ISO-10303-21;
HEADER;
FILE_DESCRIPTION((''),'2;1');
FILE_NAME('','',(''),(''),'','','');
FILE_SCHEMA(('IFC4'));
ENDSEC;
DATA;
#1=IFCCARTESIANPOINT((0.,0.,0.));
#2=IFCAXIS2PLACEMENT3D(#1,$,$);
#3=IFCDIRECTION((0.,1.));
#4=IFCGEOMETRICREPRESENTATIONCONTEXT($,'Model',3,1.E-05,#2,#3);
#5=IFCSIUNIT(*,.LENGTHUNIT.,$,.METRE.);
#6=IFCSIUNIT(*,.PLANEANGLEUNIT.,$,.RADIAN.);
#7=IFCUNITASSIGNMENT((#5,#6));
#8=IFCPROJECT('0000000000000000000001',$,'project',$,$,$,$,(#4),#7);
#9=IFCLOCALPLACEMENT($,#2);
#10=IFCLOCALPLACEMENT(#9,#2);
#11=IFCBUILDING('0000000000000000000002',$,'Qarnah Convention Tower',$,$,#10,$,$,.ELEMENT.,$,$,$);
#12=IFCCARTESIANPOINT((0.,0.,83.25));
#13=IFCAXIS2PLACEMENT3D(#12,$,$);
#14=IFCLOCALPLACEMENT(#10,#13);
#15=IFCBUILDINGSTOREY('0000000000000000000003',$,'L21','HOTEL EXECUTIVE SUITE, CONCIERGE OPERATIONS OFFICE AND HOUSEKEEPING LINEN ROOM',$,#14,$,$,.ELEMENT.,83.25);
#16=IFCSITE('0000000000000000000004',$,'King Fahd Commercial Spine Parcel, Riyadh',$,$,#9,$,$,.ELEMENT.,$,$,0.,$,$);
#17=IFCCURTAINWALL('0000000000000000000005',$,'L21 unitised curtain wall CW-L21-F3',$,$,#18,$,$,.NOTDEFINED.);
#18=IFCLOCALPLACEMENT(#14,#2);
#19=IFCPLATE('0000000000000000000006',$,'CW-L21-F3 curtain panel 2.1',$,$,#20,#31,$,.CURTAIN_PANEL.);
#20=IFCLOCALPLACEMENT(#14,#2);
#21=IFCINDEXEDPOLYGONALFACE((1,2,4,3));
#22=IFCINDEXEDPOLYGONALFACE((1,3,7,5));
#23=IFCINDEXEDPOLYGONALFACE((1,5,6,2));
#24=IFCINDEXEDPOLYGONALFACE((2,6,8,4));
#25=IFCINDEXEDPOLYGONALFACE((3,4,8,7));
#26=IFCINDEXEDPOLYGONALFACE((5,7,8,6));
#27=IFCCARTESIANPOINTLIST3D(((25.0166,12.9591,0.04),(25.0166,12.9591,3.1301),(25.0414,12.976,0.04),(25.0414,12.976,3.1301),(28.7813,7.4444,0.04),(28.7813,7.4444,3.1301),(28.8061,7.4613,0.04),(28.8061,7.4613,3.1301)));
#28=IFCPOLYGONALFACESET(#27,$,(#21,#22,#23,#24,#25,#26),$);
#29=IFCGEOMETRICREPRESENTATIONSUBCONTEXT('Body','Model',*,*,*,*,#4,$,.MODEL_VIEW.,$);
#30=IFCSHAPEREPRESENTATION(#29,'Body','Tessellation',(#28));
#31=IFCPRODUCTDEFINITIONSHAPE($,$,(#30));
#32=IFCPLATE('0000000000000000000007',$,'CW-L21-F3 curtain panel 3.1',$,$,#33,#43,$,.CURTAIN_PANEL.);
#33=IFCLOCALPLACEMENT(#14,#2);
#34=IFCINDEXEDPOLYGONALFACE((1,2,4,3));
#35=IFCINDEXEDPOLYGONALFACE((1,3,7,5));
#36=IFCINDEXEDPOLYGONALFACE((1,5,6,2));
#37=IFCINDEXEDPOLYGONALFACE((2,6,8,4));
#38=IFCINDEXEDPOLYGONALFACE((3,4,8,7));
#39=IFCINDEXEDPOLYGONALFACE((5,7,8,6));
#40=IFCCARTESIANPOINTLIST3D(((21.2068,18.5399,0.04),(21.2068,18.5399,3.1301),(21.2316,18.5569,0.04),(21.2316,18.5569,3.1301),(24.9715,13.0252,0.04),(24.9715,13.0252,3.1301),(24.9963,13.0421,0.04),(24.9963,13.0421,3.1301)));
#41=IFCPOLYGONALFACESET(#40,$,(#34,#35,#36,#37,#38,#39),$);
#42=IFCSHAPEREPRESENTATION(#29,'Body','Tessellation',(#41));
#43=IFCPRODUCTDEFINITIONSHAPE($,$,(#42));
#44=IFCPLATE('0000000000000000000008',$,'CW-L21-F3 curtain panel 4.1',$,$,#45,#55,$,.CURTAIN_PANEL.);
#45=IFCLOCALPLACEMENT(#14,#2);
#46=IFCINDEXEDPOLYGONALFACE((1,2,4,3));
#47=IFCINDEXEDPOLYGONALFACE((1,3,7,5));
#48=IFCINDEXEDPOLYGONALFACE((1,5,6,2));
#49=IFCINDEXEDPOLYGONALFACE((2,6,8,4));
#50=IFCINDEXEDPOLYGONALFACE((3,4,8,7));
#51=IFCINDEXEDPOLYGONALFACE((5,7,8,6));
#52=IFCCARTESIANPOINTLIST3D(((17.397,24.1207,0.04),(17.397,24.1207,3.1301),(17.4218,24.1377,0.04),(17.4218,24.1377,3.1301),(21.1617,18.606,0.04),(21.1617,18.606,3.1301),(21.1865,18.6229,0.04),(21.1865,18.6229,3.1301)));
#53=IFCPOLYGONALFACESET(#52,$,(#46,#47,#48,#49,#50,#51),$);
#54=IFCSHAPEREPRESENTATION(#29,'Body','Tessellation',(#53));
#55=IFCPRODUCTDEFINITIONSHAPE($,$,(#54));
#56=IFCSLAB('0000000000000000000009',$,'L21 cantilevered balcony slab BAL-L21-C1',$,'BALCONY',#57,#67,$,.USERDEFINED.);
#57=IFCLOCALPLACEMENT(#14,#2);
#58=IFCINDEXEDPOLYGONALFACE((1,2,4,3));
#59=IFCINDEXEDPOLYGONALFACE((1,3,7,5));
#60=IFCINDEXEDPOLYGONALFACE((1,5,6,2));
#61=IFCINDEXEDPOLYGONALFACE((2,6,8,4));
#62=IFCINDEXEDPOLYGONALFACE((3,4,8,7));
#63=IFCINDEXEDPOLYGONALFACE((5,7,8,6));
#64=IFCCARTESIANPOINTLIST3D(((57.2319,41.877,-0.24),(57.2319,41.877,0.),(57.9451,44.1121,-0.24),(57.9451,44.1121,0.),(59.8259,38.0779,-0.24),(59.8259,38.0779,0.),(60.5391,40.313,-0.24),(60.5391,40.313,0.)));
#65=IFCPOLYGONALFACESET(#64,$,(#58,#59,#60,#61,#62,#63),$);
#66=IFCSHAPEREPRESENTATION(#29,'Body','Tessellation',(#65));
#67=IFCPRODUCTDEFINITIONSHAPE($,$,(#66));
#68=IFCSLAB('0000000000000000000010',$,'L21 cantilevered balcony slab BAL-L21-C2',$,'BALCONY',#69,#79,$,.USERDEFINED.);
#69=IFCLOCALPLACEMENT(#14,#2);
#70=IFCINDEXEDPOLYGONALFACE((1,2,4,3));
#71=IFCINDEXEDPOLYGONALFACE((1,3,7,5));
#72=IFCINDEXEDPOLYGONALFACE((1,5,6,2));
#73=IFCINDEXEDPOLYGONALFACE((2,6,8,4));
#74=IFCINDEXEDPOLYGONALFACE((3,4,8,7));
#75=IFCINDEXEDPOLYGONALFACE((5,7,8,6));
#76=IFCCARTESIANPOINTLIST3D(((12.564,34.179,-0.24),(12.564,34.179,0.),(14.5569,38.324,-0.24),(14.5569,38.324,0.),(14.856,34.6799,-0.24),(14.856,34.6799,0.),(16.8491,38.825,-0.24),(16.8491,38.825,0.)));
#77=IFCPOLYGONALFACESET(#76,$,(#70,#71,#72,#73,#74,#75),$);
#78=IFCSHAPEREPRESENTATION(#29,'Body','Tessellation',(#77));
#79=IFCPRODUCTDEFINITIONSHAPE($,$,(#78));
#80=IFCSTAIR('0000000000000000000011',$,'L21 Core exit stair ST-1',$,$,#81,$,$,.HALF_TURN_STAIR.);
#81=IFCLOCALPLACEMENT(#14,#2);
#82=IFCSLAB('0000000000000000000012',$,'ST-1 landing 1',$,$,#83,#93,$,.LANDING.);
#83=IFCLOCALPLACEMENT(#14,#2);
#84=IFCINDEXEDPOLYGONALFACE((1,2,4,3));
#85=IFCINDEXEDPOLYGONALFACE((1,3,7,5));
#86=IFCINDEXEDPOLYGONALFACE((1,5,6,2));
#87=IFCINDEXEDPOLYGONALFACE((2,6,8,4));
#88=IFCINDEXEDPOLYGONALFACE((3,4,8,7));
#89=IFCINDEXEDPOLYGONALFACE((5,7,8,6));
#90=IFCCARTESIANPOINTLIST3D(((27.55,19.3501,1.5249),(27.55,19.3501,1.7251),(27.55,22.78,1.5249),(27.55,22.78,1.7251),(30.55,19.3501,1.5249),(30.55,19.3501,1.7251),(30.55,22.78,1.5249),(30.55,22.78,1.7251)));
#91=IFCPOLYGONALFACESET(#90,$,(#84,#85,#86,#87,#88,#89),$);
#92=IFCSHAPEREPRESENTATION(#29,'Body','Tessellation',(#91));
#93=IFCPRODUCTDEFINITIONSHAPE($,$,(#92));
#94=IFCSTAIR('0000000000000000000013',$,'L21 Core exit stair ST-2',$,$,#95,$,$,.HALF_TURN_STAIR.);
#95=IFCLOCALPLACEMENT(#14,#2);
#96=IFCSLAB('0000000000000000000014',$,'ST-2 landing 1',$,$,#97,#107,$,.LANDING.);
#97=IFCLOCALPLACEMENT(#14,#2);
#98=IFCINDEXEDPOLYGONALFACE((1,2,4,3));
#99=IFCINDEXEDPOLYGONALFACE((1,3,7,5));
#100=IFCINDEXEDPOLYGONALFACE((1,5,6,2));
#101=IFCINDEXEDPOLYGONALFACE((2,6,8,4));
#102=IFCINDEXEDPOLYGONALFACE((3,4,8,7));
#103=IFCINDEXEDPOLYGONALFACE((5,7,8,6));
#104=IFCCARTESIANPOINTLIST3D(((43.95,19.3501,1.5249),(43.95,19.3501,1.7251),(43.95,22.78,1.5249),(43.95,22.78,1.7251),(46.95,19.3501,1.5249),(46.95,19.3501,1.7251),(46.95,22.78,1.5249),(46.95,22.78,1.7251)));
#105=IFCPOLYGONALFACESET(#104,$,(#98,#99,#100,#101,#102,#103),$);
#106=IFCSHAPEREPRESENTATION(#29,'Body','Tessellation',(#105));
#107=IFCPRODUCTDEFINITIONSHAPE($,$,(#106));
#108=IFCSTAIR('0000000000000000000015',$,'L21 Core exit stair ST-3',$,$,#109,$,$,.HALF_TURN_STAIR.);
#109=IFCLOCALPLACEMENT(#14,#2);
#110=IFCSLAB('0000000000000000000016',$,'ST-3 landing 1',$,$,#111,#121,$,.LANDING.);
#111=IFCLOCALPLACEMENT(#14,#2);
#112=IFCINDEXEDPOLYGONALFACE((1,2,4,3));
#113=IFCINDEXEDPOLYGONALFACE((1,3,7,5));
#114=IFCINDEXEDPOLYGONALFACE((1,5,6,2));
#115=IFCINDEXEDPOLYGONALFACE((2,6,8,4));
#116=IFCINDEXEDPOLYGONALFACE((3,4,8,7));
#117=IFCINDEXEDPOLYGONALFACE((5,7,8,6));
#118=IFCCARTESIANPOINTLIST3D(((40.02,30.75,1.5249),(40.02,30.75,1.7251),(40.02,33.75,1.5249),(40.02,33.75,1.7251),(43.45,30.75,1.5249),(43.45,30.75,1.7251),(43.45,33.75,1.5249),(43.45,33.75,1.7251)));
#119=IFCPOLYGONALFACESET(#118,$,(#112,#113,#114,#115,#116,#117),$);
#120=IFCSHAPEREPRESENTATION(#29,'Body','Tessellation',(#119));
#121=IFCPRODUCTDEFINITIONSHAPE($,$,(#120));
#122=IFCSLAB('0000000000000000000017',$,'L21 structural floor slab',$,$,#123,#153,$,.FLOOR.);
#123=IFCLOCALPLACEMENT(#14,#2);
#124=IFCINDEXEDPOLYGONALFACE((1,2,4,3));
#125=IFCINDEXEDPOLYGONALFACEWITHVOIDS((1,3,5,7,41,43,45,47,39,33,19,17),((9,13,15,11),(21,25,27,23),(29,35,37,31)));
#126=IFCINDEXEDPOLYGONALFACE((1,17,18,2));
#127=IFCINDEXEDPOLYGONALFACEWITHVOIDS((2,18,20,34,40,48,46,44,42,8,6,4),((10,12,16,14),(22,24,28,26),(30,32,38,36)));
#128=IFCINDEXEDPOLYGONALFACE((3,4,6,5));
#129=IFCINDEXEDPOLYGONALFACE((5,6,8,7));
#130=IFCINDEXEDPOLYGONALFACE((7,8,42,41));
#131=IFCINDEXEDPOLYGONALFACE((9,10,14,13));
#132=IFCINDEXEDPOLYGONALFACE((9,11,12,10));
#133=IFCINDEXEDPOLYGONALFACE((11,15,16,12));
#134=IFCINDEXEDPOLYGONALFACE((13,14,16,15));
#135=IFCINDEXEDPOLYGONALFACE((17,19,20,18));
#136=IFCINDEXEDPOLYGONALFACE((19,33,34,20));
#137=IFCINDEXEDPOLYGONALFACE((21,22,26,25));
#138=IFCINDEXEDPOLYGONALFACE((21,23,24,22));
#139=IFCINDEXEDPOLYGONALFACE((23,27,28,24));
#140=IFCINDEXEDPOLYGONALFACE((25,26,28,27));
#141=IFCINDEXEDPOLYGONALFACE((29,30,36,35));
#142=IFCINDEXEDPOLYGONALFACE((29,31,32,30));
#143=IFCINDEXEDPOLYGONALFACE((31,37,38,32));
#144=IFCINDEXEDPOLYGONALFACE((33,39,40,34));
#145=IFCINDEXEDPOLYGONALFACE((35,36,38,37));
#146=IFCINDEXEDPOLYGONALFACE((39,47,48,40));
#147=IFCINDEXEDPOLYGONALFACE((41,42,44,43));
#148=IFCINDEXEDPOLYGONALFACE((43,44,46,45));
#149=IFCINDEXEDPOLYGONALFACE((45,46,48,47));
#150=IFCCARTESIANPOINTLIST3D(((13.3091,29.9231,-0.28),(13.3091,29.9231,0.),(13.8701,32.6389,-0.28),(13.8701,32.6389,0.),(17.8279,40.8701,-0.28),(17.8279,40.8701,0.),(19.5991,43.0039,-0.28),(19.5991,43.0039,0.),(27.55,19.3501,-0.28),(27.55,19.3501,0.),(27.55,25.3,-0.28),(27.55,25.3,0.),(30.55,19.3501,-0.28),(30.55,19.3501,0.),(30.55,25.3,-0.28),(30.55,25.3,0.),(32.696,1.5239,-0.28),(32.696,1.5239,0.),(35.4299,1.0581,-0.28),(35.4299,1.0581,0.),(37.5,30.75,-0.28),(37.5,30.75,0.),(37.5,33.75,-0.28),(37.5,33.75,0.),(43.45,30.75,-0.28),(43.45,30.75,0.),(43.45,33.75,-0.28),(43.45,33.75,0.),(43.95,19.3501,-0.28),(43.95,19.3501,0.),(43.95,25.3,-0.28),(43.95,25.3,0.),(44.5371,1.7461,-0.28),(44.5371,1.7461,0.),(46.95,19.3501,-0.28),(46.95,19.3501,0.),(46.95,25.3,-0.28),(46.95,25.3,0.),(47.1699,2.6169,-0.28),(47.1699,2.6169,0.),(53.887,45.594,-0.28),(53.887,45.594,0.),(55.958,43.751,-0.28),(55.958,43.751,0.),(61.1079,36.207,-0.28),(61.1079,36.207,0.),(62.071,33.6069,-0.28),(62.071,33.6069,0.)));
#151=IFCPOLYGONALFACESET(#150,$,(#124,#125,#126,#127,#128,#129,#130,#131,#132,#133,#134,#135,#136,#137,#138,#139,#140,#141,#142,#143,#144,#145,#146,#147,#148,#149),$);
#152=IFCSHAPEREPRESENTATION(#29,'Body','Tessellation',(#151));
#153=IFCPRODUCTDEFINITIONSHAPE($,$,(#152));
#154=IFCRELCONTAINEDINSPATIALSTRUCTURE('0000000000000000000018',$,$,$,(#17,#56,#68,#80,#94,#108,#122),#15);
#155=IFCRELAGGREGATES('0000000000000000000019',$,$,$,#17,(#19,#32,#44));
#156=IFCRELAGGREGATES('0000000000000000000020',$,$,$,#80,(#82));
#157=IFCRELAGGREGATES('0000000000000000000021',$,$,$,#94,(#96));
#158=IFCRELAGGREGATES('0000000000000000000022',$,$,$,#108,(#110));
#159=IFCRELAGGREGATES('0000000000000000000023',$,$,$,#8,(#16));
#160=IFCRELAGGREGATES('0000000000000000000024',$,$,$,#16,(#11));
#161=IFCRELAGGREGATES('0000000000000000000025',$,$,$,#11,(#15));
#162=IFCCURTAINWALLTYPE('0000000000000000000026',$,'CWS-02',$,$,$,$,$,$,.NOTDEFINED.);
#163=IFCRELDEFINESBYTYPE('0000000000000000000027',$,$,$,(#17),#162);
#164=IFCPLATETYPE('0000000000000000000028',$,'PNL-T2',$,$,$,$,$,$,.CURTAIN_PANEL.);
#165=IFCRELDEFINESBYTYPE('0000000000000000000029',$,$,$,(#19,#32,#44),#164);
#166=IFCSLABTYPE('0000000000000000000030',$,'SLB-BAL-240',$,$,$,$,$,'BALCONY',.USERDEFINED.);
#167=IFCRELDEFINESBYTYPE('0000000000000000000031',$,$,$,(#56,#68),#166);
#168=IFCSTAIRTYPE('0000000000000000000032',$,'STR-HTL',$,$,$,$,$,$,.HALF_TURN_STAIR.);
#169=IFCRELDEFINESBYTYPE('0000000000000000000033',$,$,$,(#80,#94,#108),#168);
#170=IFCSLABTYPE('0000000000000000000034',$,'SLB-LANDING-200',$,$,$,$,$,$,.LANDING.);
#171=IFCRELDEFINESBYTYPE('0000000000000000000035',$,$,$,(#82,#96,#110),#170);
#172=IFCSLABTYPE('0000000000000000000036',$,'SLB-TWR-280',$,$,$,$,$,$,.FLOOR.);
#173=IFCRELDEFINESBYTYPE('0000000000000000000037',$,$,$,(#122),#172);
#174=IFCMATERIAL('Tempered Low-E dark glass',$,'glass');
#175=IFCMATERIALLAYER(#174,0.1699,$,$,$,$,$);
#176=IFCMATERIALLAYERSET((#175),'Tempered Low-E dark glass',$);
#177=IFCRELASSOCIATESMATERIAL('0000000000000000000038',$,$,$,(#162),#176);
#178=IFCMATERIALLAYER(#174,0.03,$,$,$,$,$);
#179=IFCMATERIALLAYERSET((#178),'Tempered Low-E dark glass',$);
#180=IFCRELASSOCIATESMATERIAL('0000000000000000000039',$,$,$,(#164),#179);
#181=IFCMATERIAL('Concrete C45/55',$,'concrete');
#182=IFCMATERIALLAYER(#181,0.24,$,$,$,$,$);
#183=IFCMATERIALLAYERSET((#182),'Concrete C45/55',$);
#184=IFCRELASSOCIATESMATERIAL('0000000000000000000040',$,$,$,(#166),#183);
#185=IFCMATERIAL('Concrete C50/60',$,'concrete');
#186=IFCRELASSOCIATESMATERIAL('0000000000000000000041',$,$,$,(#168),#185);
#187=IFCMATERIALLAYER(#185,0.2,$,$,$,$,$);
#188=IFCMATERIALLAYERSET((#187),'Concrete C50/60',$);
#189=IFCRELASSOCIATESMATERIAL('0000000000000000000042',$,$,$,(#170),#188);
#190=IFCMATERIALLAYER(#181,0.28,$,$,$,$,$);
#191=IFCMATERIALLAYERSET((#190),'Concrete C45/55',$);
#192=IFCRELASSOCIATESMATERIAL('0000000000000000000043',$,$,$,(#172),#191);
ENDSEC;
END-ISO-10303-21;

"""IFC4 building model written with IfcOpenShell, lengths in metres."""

from ifc_helpers import new_model, si_unit, direction, frame, origin, origin_2d, place, context, subcontext, project, spatial, polyline, rectangle, outline, extrude, material, layer, layer_set, type_object, element, aggregate, save


model = new_model("IFC4")

# Units and contexts
model_context = context("Model", 3, precision=1e-05, world=origin(), true_north=direction((0.0, 1.0)))
body_context = subcontext(model_context, "Body", "Model", "MODEL_VIEW")
ifc_project = project(units=[si_unit("LENGTHUNIT", "METRE"), si_unit("PLANEANGLEUNIT", "RADIAN")], contexts=[model_context])

# Site, building, storey
site_placement = place(None, origin())
site = spatial("IfcSite", under=ifc_project, at=site_placement, Name="King Fahd Commercial Spine Parcel, Riyadh", CompositionType="ELEMENT", RefElevation=0.0)
building_placement = place(site_placement, origin())
building = spatial("IfcBuilding", under=site, at=building_placement, Name="Qarnah Convention Tower", CompositionType="ELEMENT")
storey_placement = place(building_placement, frame((0.0, 0.0, 83.25)))
storey = spatial("IfcBuildingStorey", under=building, at=storey_placement, Name="L21", Description="HOTEL EXECUTIVE SUITE, CONCIERGE OPERATIONS OFFICE AND HOUSEKEEPING LINEN ROOM", CompositionType="ELEMENT", Elevation=83.25)

# Curtain wall, plates
ifc_material_1 = material(Name="Tempered Low-E dark glass", Category="glass")
ifc_layer_1 = layer(ifc_material_1, 0.1699)
ifc_layer_set_1 = layer_set([ifc_layer_1], Name="Tempered Low-E dark glass")
curtain_wall_type = type_object("IfcCurtainWallType", Name="CWS-02", PredefinedType="NOTDEFINED", material=ifc_layer_set_1)
curtain_wall_placement = place(storey_placement, origin())
curtain_wall = element("IfcCurtainWall", 1, at=curtain_wall_placement, inside=storey, type_object=curtain_wall_type, Name="L21 unitised curtain wall CW-L21-F3", PredefinedType="NOTDEFINED")
ifc_layer_2 = layer(ifc_material_1, 0.03)
ifc_layer_set_2 = layer_set([ifc_layer_2], Name="Tempered Low-E dark glass")
plate_type = type_object("IfcPlateType", Name="PNL-T2", PredefinedType="CURTAIN_PANEL", material=ifc_layer_set_2)
plate_1_placement = place(storey_placement, frame((26.9114, 10.2102, 0.04), z_axis=(0.0, 0.0, 1.0), x_axis=(-0.563812, 0.825903, 0.0)))
plate_1 = element("IfcPlate", 2, at=plate_1_placement, type_object=plate_type, Name="CW-L21-F3 curtain panel 2.1", PredefinedType="CURTAIN_PANEL", context=body_context, shape_type="SweptSolid", body=[
    extrude(rectangle(XDim=6.6772, YDim=0.03, at=origin_2d()), origin(), (0.0, 0.0, 1.0), 3.0901),
])
plate_2_placement = place(storey_placement, frame((23.1016, 15.791, 0.04), z_axis=(0.0, 0.0, 1.0), x_axis=(-0.563812, 0.825903, 0.0)))
plate_2 = element("IfcPlate", 3, at=plate_2_placement, type_object=plate_type, Name="CW-L21-F3 curtain panel 3.1", PredefinedType="CURTAIN_PANEL", context=body_context, shape_type="SweptSolid", body=[
    extrude(rectangle(XDim=6.6772, YDim=0.03, at=origin_2d()), origin(), (0.0, 0.0, 1.0), 3.0901),
])
plate_3_placement = place(storey_placement, frame((19.2917, 21.3718, 0.04), z_axis=(0.0, 0.0, 1.0), x_axis=(-0.563812, 0.825903, 0.0)))
plate_3 = element("IfcPlate", 4, at=plate_3_placement, type_object=plate_type, Name="CW-L21-F3 curtain panel 4.1", PredefinedType="CURTAIN_PANEL", context=body_context, shape_type="SweptSolid", body=[
    extrude(rectangle(XDim=6.6772, YDim=0.03, at=origin_2d()), origin(), (0.0, 0.0, 1.0), 3.0901),
])
aggregate(curtain_wall, [plate_1, plate_2, plate_3])

# Slabs
ifc_material_2 = material(Name="Concrete C45/55", Category="concrete")
ifc_layer_3 = layer(ifc_material_2, 0.24)
ifc_layer_set_3 = layer_set([ifc_layer_3], Name="Concrete C45/55")
slab_type_1 = type_object("IfcSlabType", Name="SLB-BAL-240", ElementType="BALCONY", PredefinedType="USERDEFINED", material=ifc_layer_set_3)
slab_1_placement = place(storey_placement, frame((0.0, 0.0, -0.24)))
element("IfcSlab", 5, at=slab_1_placement, inside=storey, type_object=slab_type_1, Name="L21 cantilevered balcony slab BAL-L21-C1", ObjectType="BALCONY", PredefinedType="USERDEFINED", context=body_context, shape_type="SweptSolid", body=[
    extrude(outline(polyline([(57.9451, 44.1121), (60.5391, 40.313), (59.8259, 38.0779), (57.2319, 41.877), (57.9451, 44.1121)])), origin(), (0.0, 0.0, 1.0), 0.24),
])
slab_2_placement = place(storey_placement, frame((0.0, 0.0, -0.24)))
element("IfcSlab", 6, at=slab_2_placement, inside=storey, type_object=slab_type_1, Name="L21 cantilevered balcony slab BAL-L21-C2", ObjectType="BALCONY", PredefinedType="USERDEFINED", context=body_context, shape_type="SweptSolid", body=[
    extrude(outline(polyline([(12.564, 34.179), (14.5569, 38.324), (16.8491, 38.825), (14.856, 34.6799), (12.564, 34.179)])), origin(), (0.0, 0.0, 1.0), 0.24),
])

# Stairs, slabs
ifc_material_3 = material(Name="Concrete C50/60", Category="concrete")
stair_type = type_object("IfcStairType", Name="STR-HTL", PredefinedType="HALF_TURN_STAIR", material=ifc_material_3)
stair_1_placement = place(storey_placement, origin())
stair_1 = element("IfcStair", 7, at=stair_1_placement, inside=storey, type_object=stair_type, Name="L21 Core exit stair ST-1", PredefinedType="HALF_TURN_STAIR")
ifc_layer_4 = layer(ifc_material_3, 0.2)
ifc_layer_set_4 = layer_set([ifc_layer_4], Name="Concrete C50/60")
slab_type_2 = type_object("IfcSlabType", Name="SLB-LANDING-200", PredefinedType="LANDING", material=ifc_layer_set_4)
slab_3_placement = place(storey_placement, frame((0.0, 0.0, 1.5249)))
slab_3 = element("IfcSlab", 8, at=slab_3_placement, type_object=slab_type_2, Name="ST-1 landing 1", PredefinedType="LANDING", context=body_context, shape_type="SweptSolid", body=[
    extrude(outline(polyline([(27.55, 22.78), (27.55, 19.3501), (30.55, 19.3501), (30.55, 22.78), (27.55, 22.78)])), origin(), (0.0, 0.0, 1.0), 0.2002),
])
aggregate(stair_1, [slab_3])
stair_2_placement = place(storey_placement, origin())
stair_2 = element("IfcStair", 9, at=stair_2_placement, inside=storey, type_object=stair_type, Name="L21 Core exit stair ST-2", PredefinedType="HALF_TURN_STAIR")
slab_4_placement = place(storey_placement, frame((0.0, 0.0, 1.5249)))
slab_4 = element("IfcSlab", 10, at=slab_4_placement, type_object=slab_type_2, Name="ST-2 landing 1", PredefinedType="LANDING", context=body_context, shape_type="SweptSolid", body=[
    extrude(outline(polyline([(43.95, 22.78), (43.95, 19.3501), (46.95, 19.3501), (46.95, 22.78), (43.95, 22.78)])), origin(), (0.0, 0.0, 1.0), 0.2002),
])
aggregate(stair_2, [slab_4])
stair_3_placement = place(storey_placement, origin())
stair_3 = element("IfcStair", 11, at=stair_3_placement, inside=storey, type_object=stair_type, Name="L21 Core exit stair ST-3", PredefinedType="HALF_TURN_STAIR")
slab_5_placement = place(storey_placement, frame((0.0, 0.0, 1.5249)))
slab_5 = element("IfcSlab", 12, at=slab_5_placement, type_object=slab_type_2, Name="ST-3 landing 1", PredefinedType="LANDING", context=body_context, shape_type="SweptSolid", body=[
    extrude(outline(polyline([(40.02, 30.75), (43.45, 30.75), (43.45, 33.75), (40.02, 33.75), (40.02, 30.75)])), origin(), (0.0, 0.0, 1.0), 0.2002),
])
aggregate(stair_3, [slab_5])

# Slab
ifc_layer_5 = layer(ifc_material_2, 0.28)
ifc_layer_set_5 = layer_set([ifc_layer_5], Name="Concrete C45/55")
slab_type_3 = type_object("IfcSlabType", Name="SLB-TWR-280", PredefinedType="FLOOR", material=ifc_layer_set_5)
slab_6_placement = place(storey_placement, frame((0.0, 0.0, -0.28)))
element("IfcSlab", 13, at=slab_6_placement, inside=storey, type_object=slab_type_3, Name="L21 structural floor slab", PredefinedType="FLOOR", context=body_context, shape_type="SweptSolid", body=[
    extrude(outline(polyline([(53.887, 45.594), (19.5991, 43.0039), (17.8279, 40.8701), (13.8701, 32.6389), (13.3091, 29.9231), (32.696, 1.5239), (35.4299, 1.0581), (44.5371, 1.7461), (47.1699, 2.6169), (62.071, 33.6069), (61.1079, 36.207), (55.958, 43.751), (53.887, 45.594)]), holes=[polyline([(27.55, 25.3), (27.55, 19.3501), (30.55, 19.3501), (30.55, 25.3), (27.55, 25.3)]), polyline([(43.95, 25.3), (43.95, 19.3501), (46.95, 19.3501), (46.95, 25.3), (43.95, 25.3)]), polyline([(37.5, 30.75), (43.45, 30.75), (43.45, 33.75), (37.5, 33.75), (37.5, 30.75)])]), origin(), (0.0, 0.0, 1.0), 0.28),
])

save(model, "model.ifc")
